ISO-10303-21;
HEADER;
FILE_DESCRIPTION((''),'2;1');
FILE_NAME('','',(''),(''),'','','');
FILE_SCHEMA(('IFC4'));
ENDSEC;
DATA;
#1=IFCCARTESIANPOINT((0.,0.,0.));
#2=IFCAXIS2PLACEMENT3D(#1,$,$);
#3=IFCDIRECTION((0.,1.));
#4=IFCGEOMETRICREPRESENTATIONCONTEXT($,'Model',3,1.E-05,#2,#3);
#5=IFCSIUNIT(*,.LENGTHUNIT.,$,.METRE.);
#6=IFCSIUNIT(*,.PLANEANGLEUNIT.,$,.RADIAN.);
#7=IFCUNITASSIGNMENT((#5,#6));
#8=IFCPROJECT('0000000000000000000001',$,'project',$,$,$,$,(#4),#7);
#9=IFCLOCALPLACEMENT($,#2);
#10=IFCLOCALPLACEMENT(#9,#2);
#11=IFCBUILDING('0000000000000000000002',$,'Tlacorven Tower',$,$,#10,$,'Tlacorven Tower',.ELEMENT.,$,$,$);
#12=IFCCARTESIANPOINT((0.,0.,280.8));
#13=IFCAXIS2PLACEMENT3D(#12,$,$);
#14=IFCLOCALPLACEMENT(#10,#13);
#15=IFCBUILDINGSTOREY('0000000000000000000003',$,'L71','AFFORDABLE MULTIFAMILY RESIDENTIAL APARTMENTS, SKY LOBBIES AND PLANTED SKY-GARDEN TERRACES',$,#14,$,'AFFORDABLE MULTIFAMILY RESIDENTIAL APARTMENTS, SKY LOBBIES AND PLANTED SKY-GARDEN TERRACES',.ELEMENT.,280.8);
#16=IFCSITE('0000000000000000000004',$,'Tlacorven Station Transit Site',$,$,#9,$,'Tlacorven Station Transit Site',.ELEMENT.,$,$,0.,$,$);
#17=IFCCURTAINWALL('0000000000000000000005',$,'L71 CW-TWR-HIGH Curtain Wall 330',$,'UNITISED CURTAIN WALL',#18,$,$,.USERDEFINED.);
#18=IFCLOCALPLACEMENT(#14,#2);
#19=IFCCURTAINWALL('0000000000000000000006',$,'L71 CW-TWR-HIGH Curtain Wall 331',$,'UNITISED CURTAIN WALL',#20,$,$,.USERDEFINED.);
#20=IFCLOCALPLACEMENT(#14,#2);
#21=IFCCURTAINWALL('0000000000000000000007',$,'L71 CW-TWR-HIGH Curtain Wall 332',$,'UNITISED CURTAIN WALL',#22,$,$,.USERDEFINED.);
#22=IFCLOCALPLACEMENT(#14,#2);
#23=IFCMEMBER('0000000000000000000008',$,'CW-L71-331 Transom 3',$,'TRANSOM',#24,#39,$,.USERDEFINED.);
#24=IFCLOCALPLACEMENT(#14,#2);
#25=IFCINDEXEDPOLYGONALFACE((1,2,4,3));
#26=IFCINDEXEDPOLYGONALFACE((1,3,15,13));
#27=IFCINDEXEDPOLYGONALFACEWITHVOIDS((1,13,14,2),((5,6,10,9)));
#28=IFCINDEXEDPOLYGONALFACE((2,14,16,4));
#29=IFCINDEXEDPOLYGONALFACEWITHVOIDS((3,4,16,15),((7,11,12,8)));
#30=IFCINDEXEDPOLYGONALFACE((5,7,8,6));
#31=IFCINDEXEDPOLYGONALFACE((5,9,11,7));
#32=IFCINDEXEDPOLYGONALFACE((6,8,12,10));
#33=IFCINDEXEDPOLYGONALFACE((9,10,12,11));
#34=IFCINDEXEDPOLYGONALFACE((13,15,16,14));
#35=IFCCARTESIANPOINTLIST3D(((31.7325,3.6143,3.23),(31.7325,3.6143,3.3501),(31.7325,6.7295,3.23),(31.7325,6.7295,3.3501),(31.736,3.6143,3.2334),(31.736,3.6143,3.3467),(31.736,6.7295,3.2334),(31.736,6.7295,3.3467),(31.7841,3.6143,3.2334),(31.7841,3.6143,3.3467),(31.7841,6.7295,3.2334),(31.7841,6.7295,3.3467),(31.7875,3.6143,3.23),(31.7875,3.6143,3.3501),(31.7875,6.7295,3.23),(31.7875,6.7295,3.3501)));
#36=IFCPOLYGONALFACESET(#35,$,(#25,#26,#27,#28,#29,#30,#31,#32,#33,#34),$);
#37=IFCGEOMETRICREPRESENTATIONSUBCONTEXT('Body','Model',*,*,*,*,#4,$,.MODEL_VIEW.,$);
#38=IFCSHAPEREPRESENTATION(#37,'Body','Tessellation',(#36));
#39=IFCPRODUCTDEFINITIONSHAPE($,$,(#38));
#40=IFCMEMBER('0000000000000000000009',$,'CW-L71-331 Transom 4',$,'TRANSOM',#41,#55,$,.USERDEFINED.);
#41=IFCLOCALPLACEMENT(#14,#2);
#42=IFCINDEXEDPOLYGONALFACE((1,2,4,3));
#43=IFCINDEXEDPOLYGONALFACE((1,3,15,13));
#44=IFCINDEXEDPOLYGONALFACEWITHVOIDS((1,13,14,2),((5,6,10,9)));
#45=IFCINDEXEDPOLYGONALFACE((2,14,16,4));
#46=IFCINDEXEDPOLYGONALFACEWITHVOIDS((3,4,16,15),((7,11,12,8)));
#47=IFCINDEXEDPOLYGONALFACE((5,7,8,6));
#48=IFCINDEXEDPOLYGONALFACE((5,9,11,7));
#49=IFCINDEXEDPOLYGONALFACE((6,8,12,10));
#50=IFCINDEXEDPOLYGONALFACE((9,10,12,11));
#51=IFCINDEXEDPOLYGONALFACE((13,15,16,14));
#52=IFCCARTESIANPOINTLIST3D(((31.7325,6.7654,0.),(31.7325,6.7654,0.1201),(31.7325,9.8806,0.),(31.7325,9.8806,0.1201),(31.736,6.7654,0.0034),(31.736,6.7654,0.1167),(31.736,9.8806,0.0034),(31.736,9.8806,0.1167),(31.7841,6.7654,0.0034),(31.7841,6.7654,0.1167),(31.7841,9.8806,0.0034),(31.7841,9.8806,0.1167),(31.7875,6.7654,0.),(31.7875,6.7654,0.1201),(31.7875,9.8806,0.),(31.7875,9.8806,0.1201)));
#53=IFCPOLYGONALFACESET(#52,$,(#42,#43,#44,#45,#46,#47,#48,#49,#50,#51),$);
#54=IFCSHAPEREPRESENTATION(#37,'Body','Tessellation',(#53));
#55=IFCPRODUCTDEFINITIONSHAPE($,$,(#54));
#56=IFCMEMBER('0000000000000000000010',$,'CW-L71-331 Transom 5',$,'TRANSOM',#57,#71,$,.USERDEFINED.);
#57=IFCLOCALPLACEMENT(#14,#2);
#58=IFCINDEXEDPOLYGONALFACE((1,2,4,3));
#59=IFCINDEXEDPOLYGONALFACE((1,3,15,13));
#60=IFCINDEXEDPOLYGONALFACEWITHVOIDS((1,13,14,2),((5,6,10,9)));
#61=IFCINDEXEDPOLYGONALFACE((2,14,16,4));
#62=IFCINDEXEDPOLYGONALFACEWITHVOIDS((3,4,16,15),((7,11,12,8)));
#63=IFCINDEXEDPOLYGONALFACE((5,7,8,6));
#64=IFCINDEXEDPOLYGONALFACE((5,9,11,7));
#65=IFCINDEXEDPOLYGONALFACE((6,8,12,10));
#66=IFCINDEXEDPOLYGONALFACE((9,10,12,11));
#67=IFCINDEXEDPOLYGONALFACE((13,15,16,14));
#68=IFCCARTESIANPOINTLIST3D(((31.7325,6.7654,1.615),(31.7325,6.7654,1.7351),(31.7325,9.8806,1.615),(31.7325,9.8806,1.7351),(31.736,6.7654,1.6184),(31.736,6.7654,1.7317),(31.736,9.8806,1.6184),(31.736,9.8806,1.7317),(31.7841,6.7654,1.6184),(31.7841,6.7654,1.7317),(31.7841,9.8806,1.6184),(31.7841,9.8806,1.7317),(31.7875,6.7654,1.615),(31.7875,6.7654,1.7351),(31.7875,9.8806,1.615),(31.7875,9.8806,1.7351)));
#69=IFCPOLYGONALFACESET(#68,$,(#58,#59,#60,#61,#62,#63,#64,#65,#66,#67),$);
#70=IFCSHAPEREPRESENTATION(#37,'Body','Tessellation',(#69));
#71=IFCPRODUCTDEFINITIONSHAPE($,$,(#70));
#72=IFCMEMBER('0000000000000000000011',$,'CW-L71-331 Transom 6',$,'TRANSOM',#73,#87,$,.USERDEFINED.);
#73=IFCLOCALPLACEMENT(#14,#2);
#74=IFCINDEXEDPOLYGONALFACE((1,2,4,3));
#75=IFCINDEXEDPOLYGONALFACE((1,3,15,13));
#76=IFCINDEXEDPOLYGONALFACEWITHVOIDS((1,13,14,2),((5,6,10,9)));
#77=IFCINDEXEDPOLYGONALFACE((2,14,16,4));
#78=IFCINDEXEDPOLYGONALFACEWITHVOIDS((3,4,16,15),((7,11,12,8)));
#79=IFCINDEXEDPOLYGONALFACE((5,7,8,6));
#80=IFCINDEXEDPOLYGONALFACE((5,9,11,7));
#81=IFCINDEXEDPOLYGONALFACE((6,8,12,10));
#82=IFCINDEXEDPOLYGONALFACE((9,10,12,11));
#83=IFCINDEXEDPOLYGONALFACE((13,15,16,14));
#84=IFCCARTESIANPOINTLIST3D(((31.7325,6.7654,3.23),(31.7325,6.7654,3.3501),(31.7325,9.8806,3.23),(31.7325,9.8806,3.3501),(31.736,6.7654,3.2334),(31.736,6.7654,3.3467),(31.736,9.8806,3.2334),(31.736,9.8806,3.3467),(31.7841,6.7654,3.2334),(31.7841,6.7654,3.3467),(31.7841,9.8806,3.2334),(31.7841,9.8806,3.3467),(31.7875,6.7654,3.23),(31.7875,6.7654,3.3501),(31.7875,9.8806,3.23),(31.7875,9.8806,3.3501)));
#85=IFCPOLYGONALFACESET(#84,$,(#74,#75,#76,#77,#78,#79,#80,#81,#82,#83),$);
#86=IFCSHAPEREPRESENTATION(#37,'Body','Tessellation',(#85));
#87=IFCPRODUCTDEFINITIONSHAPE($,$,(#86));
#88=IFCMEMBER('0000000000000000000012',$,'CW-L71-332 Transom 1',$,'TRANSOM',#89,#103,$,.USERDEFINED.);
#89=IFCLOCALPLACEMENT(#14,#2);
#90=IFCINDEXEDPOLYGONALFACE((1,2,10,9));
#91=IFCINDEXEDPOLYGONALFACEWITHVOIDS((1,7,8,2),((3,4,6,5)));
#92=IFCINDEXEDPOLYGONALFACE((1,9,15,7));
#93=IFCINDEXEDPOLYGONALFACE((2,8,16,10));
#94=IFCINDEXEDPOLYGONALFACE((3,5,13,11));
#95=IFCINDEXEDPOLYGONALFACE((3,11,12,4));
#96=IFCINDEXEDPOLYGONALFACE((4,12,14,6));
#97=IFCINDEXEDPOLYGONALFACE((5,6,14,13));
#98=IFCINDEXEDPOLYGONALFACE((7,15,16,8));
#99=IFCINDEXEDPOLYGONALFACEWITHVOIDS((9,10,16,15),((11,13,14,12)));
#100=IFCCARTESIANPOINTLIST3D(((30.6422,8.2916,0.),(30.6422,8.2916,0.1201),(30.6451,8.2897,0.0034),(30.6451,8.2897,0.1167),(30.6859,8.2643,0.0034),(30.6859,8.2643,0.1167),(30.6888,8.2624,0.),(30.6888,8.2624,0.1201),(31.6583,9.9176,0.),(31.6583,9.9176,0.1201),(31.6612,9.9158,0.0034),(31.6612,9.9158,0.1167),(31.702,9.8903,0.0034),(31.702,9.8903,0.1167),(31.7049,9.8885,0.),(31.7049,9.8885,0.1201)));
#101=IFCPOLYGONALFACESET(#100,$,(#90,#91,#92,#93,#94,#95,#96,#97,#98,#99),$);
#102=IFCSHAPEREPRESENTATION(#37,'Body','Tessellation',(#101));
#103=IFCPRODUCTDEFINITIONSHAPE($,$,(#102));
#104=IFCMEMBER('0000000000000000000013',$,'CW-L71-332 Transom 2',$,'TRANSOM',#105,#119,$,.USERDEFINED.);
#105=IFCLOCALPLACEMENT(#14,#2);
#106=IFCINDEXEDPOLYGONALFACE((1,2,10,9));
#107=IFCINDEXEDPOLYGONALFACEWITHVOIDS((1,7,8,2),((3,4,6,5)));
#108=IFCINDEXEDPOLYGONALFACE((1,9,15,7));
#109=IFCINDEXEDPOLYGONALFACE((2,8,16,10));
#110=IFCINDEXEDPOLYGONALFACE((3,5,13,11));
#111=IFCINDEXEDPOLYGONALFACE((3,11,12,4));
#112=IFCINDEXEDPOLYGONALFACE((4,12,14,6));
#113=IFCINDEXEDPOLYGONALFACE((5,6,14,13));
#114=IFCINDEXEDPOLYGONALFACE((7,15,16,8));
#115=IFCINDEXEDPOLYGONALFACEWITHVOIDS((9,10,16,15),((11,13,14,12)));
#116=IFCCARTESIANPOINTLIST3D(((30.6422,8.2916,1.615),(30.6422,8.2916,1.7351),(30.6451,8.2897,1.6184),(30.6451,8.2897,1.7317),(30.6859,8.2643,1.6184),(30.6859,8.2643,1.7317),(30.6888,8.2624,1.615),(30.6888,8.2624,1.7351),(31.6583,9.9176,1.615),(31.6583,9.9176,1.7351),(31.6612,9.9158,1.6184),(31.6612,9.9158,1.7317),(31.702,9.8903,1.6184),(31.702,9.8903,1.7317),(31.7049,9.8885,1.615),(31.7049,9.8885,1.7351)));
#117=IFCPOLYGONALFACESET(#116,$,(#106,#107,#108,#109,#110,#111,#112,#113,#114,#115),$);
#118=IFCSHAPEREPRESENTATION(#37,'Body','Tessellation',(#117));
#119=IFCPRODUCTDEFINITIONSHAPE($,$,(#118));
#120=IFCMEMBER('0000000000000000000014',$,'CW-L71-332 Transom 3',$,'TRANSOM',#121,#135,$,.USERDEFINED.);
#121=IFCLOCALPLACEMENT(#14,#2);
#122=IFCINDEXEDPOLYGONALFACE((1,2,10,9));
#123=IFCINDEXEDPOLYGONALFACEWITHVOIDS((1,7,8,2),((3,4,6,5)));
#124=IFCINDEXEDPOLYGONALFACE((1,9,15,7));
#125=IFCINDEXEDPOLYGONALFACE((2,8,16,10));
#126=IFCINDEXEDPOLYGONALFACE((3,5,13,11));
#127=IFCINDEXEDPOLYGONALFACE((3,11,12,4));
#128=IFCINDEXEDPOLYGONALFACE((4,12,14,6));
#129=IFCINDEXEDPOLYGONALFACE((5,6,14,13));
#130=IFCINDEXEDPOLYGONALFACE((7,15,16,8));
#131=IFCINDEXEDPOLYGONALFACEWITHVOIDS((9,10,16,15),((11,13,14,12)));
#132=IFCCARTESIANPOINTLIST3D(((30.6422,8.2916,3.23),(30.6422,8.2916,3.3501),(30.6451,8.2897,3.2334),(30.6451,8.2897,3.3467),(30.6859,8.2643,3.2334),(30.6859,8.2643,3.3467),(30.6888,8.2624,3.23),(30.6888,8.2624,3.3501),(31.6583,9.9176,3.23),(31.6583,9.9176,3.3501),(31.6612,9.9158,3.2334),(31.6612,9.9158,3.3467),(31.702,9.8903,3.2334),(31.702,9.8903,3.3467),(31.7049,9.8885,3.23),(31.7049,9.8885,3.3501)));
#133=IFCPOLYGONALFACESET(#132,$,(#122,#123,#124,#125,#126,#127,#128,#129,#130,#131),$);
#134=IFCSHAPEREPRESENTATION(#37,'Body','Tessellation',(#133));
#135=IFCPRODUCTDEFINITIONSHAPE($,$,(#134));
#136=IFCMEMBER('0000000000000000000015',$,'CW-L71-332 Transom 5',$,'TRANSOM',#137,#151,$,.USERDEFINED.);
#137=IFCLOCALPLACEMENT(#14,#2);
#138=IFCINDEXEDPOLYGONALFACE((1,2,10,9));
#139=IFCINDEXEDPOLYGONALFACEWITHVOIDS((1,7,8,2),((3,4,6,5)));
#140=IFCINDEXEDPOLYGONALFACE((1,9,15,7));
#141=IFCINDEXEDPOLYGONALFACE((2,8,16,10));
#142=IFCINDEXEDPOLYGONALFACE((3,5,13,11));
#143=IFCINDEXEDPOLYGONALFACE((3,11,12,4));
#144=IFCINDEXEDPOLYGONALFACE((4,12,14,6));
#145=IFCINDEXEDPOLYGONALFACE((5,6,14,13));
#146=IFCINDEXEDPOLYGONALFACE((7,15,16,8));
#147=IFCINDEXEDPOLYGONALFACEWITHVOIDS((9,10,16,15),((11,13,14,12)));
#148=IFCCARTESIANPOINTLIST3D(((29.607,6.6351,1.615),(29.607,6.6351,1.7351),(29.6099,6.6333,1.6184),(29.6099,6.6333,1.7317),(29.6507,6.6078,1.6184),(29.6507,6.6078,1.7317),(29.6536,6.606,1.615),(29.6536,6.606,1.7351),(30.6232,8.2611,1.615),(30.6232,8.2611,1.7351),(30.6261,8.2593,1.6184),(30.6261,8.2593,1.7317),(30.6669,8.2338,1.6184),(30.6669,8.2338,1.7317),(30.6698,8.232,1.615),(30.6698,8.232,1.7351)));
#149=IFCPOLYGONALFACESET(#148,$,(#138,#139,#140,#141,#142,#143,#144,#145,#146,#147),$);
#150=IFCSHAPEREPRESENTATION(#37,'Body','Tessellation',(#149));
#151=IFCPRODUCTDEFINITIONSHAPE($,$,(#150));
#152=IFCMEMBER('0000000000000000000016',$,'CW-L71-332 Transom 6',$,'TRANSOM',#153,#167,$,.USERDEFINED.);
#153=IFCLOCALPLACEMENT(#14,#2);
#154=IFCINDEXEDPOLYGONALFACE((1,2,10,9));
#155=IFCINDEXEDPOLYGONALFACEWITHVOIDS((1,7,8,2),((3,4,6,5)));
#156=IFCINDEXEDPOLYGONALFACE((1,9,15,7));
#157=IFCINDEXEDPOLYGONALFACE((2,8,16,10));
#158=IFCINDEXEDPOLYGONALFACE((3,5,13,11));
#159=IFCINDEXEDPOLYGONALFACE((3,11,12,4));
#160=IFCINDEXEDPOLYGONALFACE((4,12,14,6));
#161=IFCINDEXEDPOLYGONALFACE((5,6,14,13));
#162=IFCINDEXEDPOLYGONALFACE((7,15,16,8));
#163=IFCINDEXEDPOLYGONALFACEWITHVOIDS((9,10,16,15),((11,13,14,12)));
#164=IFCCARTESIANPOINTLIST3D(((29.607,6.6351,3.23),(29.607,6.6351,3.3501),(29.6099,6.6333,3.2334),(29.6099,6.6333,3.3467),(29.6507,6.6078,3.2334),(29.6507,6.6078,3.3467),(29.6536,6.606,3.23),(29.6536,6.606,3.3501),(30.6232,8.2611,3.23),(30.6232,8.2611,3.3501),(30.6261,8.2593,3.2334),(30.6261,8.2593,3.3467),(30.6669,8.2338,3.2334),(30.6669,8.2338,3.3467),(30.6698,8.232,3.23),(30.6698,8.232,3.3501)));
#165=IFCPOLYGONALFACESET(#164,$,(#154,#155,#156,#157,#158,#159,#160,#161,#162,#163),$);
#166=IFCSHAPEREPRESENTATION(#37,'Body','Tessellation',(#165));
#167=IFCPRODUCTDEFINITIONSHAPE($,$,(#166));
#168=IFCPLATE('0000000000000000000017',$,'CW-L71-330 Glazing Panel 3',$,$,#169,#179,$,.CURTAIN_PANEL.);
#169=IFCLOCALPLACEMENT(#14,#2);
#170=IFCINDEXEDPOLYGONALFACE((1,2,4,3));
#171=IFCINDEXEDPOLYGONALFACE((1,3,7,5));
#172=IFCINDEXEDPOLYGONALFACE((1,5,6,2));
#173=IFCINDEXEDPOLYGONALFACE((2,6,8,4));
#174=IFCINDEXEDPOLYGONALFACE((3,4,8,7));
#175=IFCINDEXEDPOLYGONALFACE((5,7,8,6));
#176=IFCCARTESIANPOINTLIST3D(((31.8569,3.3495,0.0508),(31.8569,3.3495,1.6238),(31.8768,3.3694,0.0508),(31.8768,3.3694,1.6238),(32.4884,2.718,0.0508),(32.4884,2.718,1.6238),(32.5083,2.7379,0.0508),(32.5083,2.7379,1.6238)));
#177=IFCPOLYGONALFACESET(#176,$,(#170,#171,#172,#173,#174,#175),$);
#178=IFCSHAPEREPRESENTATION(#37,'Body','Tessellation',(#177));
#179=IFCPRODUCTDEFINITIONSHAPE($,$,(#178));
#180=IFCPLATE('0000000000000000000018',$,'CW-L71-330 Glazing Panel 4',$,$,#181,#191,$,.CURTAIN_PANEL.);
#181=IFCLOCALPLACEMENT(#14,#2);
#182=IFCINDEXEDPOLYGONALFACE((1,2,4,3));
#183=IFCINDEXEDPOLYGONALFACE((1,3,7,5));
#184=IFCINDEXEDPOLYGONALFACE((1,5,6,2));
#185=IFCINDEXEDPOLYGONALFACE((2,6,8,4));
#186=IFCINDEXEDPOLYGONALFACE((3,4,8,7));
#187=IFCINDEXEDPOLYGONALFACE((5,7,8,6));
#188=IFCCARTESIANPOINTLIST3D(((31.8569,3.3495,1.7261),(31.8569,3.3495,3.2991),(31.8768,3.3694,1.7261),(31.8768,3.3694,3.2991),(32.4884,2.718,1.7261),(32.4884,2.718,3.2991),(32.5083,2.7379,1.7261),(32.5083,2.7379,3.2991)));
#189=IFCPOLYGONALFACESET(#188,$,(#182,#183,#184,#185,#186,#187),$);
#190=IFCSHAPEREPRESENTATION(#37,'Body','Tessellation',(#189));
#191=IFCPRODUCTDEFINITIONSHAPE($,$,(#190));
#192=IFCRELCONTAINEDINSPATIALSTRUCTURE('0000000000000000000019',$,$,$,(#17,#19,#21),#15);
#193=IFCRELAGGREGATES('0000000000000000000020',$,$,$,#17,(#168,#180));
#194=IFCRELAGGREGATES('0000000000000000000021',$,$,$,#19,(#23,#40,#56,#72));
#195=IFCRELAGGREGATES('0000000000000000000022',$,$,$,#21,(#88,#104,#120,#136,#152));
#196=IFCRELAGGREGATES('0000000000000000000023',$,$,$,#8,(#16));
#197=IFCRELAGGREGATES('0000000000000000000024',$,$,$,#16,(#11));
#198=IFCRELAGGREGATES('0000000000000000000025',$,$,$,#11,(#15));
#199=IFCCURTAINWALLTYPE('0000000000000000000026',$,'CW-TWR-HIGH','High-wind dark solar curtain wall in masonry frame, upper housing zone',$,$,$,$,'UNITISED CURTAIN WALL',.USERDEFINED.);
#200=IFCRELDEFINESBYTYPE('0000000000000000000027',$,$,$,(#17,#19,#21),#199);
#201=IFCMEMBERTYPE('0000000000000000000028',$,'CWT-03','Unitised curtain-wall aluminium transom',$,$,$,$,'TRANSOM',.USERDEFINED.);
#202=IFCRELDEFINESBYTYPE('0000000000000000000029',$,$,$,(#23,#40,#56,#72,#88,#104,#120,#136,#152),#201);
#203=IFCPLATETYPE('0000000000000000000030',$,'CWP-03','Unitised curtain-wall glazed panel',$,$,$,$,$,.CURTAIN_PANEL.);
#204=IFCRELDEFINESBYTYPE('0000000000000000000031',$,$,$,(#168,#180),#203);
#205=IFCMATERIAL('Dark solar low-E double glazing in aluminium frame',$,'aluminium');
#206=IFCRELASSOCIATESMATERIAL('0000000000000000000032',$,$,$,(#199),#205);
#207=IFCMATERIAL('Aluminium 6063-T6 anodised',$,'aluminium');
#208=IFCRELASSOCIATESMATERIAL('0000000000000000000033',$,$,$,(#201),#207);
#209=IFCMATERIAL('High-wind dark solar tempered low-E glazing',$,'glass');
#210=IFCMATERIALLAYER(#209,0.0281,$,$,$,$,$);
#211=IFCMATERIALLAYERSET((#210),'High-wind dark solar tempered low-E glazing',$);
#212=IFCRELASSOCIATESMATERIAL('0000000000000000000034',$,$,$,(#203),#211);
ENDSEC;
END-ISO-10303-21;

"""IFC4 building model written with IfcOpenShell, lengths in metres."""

from ifc_helpers import new_model, si_unit, direction, frame, origin, origin_2d, place, context, subcontext, project, spatial, rectangle, hollow_rectangle, extrude, source, transform, mapped, material, layer, layer_set, material_profile, profile_set, type_object, element, aggregate, save


model = new_model("IFC4")

# Units and contexts
model_context = context("Model", 3, precision=1e-05, world=origin(), true_north=direction((0.0, 1.0)))
body_context = subcontext(model_context, "Body", "Model", "MODEL_VIEW")
ifc_project = project(units=[si_unit("LENGTHUNIT", "METRE"), si_unit("PLANEANGLEUNIT", "RADIAN")], contexts=[model_context])

# Site, building, storey
site_placement = place(None, origin())
site = spatial("IfcSite", under=ifc_project, at=site_placement, Name="Tlacorven Station Transit Site", LongName="Tlacorven Station Transit Site", CompositionType="ELEMENT", RefElevation=0.0)
building_placement = place(site_placement, origin())
building = spatial("IfcBuilding", under=site, at=building_placement, Name="Tlacorven Tower", LongName="Tlacorven Tower", CompositionType="ELEMENT")
storey_placement = place(building_placement, frame((0.0, 0.0, 280.8)))
storey = spatial("IfcBuildingStorey", under=building, at=storey_placement, Name="L71", Description="AFFORDABLE MULTIFAMILY RESIDENTIAL APARTMENTS, SKY LOBBIES AND PLANTED SKY-GARDEN TERRACES", LongName="AFFORDABLE MULTIFAMILY RESIDENTIAL APARTMENTS, SKY LOBBIES AND PLANTED SKY-GARDEN TERRACES", CompositionType="ELEMENT", Elevation=280.8)

# Curtain walls
ifc_material_1 = material(Name="Dark solar low-E double glazing in aluminium frame", Category="aluminium")
curtain_wall_type = type_object("IfcCurtainWallType", Name="CW-TWR-HIGH", Description="High-wind dark solar curtain wall in masonry frame, upper housing zone", ElementType="UNITISED CURTAIN WALL", PredefinedType="USERDEFINED", material=ifc_material_1)
curtain_wall_1_placement = place(storey_placement, origin())
curtain_wall_1 = element("IfcCurtainWall", 1, at=curtain_wall_1_placement, inside=storey, type_object=curtain_wall_type, Name="L71 CW-TWR-HIGH Curtain Wall 330", ObjectType="UNITISED CURTAIN WALL", PredefinedType="USERDEFINED")
ifc_material_2 = material(Name="Aluminium 6063-T6 anodised", Category="aluminium")
ifc_material_profile_1 = material_profile(ifc_material_2, hollow_rectangle(XDim=0.0549, YDim=0.1201, WallThickness=0.0034, at=origin_2d()), Name="ALU TRANSOM 55X120")
ifc_profile_set_1 = profile_set([ifc_material_profile_1], Name="Aluminium 6063-T6 anodised")
member_type_1 = type_object("IfcMemberType", Name="CWT-03", Description="Unitised curtain-wall aluminium transom", ElementType="TRANSOM", PredefinedType="USERDEFINED", material=ifc_profile_set_1)
curtain_wall_2_placement = place(storey_placement, origin())
curtain_wall_2 = element("IfcCurtainWall", 2, at=curtain_wall_2_placement, inside=storey, type_object=curtain_wall_type, Name="L71 CW-TWR-HIGH Curtain Wall 331", ObjectType="UNITISED CURTAIN WALL", PredefinedType="USERDEFINED")
curtain_wall_3_placement = place(storey_placement, origin())
curtain_wall_3 = element("IfcCurtainWall", 3, at=curtain_wall_3_placement, inside=storey, type_object=curtain_wall_type, Name="L71 CW-TWR-HIGH Curtain Wall 332", ObjectType="UNITISED CURTAIN WALL", PredefinedType="USERDEFINED")

# Members
shared_shape_1 = source(origin(), body_context, "Body", "SweptSolid", [
    extrude(hollow_rectangle(XDim=0.0549, YDim=0.1201, WallThickness=0.0034, at=origin_2d()), origin(), (0.0, 0.0, 1.0), 3.1152),
])
member_1_placement = place(storey_placement, frame((31.76, 3.6143, 3.29), z_axis=(0.0, 1.0, 0.0), x_axis=(-1.0, 0.0, 0.0)))
member_1 = element("IfcMember", 4, at=member_1_placement, type_object=member_type_1, Name="CW-L71-331 Transom 3", ObjectType="TRANSOM", PredefinedType="USERDEFINED", context=body_context, shape_type="MappedRepresentation", body=[
    mapped(shared_shape_1, transform((0.0, 0.0, 0.0), scale=1.0)),
])
member_2_placement = place(storey_placement, frame((31.76, 6.7654, 0.0601), z_axis=(0.0, 1.0, 0.0), x_axis=(-1.0, 0.0, 0.0)))
member_2 = element("IfcMember", 5, at=member_2_placement, type_object=member_type_1, Name="CW-L71-331 Transom 4", ObjectType="TRANSOM", PredefinedType="USERDEFINED", context=body_context, shape_type="MappedRepresentation", body=[
    mapped(shared_shape_1, transform((0.0, 0.0, 0.0), scale=1.0)),
])
member_3_placement = place(storey_placement, frame((31.76, 6.7654, 1.675), z_axis=(0.0, 1.0, 0.0), x_axis=(-1.0, 0.0, 0.0)))
member_3 = element("IfcMember", 6, at=member_3_placement, type_object=member_type_1, Name="CW-L71-331 Transom 5", ObjectType="TRANSOM", PredefinedType="USERDEFINED", context=body_context, shape_type="MappedRepresentation", body=[
    mapped(shared_shape_1, transform((0.0, 0.0, 0.0), scale=1.0)),
])
member_4_placement = place(storey_placement, frame((31.76, 6.7654, 3.29), z_axis=(0.0, 1.0, 0.0), x_axis=(-1.0, 0.0, 0.0)))
member_4 = element("IfcMember", 7, at=member_4_placement, type_object=member_type_1, Name="CW-L71-331 Transom 6", ObjectType="TRANSOM", PredefinedType="USERDEFINED", context=body_context, shape_type="MappedRepresentation", body=[
    mapped(shared_shape_1, transform((0.0, 0.0, 0.0), scale=1.0)),
])
shared_shape_2 = source(origin(), body_context, "Body", "SweptSolid", [
    extrude(hollow_rectangle(XDim=0.0549, YDim=0.1201, WallThickness=0.0034, at=origin_2d()), origin(), (0.0, 0.0, 1.0), 1.9175),
])
member_5_placement = place(storey_placement, frame((31.6816, 9.9031, 0.0601), z_axis=(-0.529953, -0.848027, 0.0), x_axis=(0.848027, -0.529953, 0.0)))
member_5 = element("IfcMember", 8, at=member_5_placement, type_object=member_type_1, Name="CW-L71-332 Transom 1", ObjectType="TRANSOM", PredefinedType="USERDEFINED", context=body_context, shape_type="MappedRepresentation", body=[
    mapped(shared_shape_2, transform((0.0, 0.0, 0.0), scale=1.0)),
])
member_6_placement = place(storey_placement, frame((31.6816, 9.9031, 1.675), z_axis=(-0.529953, -0.848027, 0.0), x_axis=(0.848027, -0.529953, 0.0)))
member_6 = element("IfcMember", 9, at=member_6_placement, type_object=member_type_1, Name="CW-L71-332 Transom 2", ObjectType="TRANSOM", PredefinedType="USERDEFINED", context=body_context, shape_type="MappedRepresentation", body=[
    mapped(shared_shape_2, transform((0.0, 0.0, 0.0), scale=1.0)),
])
member_7_placement = place(storey_placement, frame((31.6816, 9.9031, 3.29), z_axis=(-0.529953, -0.848027, 0.0), x_axis=(0.848027, -0.529953, 0.0)))
member_7 = element("IfcMember", 10, at=member_7_placement, type_object=member_type_1, Name="CW-L71-332 Transom 3", ObjectType="TRANSOM", PredefinedType="USERDEFINED", context=body_context, shape_type="MappedRepresentation", body=[
    mapped(shared_shape_2, transform((0.0, 0.0, 0.0), scale=1.0)),
])
member_8_placement = place(storey_placement, frame((30.6465, 8.2466, 1.675), z_axis=(-0.529953, -0.848027, 0.0), x_axis=(0.848027, -0.529953, 0.0)))
member_8 = element("IfcMember", 11, at=member_8_placement, type_object=member_type_1, Name="CW-L71-332 Transom 5", ObjectType="TRANSOM", PredefinedType="USERDEFINED", context=body_context, shape_type="MappedRepresentation", body=[
    mapped(shared_shape_2, transform((0.0, 0.0, 0.0), scale=1.0)),
])
member_9_placement = place(storey_placement, frame((30.6465, 8.2466, 3.29), z_axis=(-0.529953, -0.848027, 0.0), x_axis=(0.848027, -0.529953, 0.0)))
member_9 = element("IfcMember", 12, at=member_9_placement, type_object=member_type_1, Name="CW-L71-332 Transom 6", ObjectType="TRANSOM", PredefinedType="USERDEFINED", context=body_context, shape_type="MappedRepresentation", body=[
    mapped(shared_shape_2, transform((0.0, 0.0, 0.0), scale=1.0)),
])

# Plates
ifc_material_3 = material(Name="High-wind dark solar tempered low-E glazing", Category="glass")
ifc_layer_1 = layer(ifc_material_3, 0.0281)
ifc_layer_set_1 = layer_set([ifc_layer_1], Name="High-wind dark solar tempered low-E glazing")
plate_type = type_object("IfcPlateType", Name="CWP-03", Description="Unitised curtain-wall glazed panel", PredefinedType="CURTAIN_PANEL", material=ifc_layer_set_1)
shared_shape_3 = source(origin(), body_context, "Body", "SweptSolid", [
    extrude(rectangle(XDim=0.8931, YDim=0.0281, at=origin_2d()), origin(), (0.0, 0.0, 1.0), 1.573),
])
plate_1_placement = place(storey_placement, frame((32.1826, 3.0437, 0.0508), z_axis=(0.0, 0.0, 1.0), x_axis=(-0.707107, 0.707107, 0.0)))
plate_1 = element("IfcPlate", 13, at=plate_1_placement, type_object=plate_type, Name="CW-L71-330 Glazing Panel 3", PredefinedType="CURTAIN_PANEL", context=body_context, shape_type="MappedRepresentation", body=[
    mapped(shared_shape_3, transform((0.0, 0.0, 0.0), scale=1.0)),
])
plate_2_placement = place(storey_placement, frame((32.1826, 3.0437, 1.7261), z_axis=(0.0, 0.0, 1.0), x_axis=(-0.707107, 0.707107, 0.0)))
plate_2 = element("IfcPlate", 14, at=plate_2_placement, type_object=plate_type, Name="CW-L71-330 Glazing Panel 4", PredefinedType="CURTAIN_PANEL", context=body_context, shape_type="MappedRepresentation", body=[
    mapped(shared_shape_3, transform((0.0, 0.0, 0.0), scale=1.0)),
])
aggregate(curtain_wall_1, [plate_1, plate_2])
aggregate(curtain_wall_2, [member_1, member_2, member_3, member_4])
aggregate(curtain_wall_3, [member_5, member_6, member_7, member_8, member_9])

save(model, "model.ifc")
